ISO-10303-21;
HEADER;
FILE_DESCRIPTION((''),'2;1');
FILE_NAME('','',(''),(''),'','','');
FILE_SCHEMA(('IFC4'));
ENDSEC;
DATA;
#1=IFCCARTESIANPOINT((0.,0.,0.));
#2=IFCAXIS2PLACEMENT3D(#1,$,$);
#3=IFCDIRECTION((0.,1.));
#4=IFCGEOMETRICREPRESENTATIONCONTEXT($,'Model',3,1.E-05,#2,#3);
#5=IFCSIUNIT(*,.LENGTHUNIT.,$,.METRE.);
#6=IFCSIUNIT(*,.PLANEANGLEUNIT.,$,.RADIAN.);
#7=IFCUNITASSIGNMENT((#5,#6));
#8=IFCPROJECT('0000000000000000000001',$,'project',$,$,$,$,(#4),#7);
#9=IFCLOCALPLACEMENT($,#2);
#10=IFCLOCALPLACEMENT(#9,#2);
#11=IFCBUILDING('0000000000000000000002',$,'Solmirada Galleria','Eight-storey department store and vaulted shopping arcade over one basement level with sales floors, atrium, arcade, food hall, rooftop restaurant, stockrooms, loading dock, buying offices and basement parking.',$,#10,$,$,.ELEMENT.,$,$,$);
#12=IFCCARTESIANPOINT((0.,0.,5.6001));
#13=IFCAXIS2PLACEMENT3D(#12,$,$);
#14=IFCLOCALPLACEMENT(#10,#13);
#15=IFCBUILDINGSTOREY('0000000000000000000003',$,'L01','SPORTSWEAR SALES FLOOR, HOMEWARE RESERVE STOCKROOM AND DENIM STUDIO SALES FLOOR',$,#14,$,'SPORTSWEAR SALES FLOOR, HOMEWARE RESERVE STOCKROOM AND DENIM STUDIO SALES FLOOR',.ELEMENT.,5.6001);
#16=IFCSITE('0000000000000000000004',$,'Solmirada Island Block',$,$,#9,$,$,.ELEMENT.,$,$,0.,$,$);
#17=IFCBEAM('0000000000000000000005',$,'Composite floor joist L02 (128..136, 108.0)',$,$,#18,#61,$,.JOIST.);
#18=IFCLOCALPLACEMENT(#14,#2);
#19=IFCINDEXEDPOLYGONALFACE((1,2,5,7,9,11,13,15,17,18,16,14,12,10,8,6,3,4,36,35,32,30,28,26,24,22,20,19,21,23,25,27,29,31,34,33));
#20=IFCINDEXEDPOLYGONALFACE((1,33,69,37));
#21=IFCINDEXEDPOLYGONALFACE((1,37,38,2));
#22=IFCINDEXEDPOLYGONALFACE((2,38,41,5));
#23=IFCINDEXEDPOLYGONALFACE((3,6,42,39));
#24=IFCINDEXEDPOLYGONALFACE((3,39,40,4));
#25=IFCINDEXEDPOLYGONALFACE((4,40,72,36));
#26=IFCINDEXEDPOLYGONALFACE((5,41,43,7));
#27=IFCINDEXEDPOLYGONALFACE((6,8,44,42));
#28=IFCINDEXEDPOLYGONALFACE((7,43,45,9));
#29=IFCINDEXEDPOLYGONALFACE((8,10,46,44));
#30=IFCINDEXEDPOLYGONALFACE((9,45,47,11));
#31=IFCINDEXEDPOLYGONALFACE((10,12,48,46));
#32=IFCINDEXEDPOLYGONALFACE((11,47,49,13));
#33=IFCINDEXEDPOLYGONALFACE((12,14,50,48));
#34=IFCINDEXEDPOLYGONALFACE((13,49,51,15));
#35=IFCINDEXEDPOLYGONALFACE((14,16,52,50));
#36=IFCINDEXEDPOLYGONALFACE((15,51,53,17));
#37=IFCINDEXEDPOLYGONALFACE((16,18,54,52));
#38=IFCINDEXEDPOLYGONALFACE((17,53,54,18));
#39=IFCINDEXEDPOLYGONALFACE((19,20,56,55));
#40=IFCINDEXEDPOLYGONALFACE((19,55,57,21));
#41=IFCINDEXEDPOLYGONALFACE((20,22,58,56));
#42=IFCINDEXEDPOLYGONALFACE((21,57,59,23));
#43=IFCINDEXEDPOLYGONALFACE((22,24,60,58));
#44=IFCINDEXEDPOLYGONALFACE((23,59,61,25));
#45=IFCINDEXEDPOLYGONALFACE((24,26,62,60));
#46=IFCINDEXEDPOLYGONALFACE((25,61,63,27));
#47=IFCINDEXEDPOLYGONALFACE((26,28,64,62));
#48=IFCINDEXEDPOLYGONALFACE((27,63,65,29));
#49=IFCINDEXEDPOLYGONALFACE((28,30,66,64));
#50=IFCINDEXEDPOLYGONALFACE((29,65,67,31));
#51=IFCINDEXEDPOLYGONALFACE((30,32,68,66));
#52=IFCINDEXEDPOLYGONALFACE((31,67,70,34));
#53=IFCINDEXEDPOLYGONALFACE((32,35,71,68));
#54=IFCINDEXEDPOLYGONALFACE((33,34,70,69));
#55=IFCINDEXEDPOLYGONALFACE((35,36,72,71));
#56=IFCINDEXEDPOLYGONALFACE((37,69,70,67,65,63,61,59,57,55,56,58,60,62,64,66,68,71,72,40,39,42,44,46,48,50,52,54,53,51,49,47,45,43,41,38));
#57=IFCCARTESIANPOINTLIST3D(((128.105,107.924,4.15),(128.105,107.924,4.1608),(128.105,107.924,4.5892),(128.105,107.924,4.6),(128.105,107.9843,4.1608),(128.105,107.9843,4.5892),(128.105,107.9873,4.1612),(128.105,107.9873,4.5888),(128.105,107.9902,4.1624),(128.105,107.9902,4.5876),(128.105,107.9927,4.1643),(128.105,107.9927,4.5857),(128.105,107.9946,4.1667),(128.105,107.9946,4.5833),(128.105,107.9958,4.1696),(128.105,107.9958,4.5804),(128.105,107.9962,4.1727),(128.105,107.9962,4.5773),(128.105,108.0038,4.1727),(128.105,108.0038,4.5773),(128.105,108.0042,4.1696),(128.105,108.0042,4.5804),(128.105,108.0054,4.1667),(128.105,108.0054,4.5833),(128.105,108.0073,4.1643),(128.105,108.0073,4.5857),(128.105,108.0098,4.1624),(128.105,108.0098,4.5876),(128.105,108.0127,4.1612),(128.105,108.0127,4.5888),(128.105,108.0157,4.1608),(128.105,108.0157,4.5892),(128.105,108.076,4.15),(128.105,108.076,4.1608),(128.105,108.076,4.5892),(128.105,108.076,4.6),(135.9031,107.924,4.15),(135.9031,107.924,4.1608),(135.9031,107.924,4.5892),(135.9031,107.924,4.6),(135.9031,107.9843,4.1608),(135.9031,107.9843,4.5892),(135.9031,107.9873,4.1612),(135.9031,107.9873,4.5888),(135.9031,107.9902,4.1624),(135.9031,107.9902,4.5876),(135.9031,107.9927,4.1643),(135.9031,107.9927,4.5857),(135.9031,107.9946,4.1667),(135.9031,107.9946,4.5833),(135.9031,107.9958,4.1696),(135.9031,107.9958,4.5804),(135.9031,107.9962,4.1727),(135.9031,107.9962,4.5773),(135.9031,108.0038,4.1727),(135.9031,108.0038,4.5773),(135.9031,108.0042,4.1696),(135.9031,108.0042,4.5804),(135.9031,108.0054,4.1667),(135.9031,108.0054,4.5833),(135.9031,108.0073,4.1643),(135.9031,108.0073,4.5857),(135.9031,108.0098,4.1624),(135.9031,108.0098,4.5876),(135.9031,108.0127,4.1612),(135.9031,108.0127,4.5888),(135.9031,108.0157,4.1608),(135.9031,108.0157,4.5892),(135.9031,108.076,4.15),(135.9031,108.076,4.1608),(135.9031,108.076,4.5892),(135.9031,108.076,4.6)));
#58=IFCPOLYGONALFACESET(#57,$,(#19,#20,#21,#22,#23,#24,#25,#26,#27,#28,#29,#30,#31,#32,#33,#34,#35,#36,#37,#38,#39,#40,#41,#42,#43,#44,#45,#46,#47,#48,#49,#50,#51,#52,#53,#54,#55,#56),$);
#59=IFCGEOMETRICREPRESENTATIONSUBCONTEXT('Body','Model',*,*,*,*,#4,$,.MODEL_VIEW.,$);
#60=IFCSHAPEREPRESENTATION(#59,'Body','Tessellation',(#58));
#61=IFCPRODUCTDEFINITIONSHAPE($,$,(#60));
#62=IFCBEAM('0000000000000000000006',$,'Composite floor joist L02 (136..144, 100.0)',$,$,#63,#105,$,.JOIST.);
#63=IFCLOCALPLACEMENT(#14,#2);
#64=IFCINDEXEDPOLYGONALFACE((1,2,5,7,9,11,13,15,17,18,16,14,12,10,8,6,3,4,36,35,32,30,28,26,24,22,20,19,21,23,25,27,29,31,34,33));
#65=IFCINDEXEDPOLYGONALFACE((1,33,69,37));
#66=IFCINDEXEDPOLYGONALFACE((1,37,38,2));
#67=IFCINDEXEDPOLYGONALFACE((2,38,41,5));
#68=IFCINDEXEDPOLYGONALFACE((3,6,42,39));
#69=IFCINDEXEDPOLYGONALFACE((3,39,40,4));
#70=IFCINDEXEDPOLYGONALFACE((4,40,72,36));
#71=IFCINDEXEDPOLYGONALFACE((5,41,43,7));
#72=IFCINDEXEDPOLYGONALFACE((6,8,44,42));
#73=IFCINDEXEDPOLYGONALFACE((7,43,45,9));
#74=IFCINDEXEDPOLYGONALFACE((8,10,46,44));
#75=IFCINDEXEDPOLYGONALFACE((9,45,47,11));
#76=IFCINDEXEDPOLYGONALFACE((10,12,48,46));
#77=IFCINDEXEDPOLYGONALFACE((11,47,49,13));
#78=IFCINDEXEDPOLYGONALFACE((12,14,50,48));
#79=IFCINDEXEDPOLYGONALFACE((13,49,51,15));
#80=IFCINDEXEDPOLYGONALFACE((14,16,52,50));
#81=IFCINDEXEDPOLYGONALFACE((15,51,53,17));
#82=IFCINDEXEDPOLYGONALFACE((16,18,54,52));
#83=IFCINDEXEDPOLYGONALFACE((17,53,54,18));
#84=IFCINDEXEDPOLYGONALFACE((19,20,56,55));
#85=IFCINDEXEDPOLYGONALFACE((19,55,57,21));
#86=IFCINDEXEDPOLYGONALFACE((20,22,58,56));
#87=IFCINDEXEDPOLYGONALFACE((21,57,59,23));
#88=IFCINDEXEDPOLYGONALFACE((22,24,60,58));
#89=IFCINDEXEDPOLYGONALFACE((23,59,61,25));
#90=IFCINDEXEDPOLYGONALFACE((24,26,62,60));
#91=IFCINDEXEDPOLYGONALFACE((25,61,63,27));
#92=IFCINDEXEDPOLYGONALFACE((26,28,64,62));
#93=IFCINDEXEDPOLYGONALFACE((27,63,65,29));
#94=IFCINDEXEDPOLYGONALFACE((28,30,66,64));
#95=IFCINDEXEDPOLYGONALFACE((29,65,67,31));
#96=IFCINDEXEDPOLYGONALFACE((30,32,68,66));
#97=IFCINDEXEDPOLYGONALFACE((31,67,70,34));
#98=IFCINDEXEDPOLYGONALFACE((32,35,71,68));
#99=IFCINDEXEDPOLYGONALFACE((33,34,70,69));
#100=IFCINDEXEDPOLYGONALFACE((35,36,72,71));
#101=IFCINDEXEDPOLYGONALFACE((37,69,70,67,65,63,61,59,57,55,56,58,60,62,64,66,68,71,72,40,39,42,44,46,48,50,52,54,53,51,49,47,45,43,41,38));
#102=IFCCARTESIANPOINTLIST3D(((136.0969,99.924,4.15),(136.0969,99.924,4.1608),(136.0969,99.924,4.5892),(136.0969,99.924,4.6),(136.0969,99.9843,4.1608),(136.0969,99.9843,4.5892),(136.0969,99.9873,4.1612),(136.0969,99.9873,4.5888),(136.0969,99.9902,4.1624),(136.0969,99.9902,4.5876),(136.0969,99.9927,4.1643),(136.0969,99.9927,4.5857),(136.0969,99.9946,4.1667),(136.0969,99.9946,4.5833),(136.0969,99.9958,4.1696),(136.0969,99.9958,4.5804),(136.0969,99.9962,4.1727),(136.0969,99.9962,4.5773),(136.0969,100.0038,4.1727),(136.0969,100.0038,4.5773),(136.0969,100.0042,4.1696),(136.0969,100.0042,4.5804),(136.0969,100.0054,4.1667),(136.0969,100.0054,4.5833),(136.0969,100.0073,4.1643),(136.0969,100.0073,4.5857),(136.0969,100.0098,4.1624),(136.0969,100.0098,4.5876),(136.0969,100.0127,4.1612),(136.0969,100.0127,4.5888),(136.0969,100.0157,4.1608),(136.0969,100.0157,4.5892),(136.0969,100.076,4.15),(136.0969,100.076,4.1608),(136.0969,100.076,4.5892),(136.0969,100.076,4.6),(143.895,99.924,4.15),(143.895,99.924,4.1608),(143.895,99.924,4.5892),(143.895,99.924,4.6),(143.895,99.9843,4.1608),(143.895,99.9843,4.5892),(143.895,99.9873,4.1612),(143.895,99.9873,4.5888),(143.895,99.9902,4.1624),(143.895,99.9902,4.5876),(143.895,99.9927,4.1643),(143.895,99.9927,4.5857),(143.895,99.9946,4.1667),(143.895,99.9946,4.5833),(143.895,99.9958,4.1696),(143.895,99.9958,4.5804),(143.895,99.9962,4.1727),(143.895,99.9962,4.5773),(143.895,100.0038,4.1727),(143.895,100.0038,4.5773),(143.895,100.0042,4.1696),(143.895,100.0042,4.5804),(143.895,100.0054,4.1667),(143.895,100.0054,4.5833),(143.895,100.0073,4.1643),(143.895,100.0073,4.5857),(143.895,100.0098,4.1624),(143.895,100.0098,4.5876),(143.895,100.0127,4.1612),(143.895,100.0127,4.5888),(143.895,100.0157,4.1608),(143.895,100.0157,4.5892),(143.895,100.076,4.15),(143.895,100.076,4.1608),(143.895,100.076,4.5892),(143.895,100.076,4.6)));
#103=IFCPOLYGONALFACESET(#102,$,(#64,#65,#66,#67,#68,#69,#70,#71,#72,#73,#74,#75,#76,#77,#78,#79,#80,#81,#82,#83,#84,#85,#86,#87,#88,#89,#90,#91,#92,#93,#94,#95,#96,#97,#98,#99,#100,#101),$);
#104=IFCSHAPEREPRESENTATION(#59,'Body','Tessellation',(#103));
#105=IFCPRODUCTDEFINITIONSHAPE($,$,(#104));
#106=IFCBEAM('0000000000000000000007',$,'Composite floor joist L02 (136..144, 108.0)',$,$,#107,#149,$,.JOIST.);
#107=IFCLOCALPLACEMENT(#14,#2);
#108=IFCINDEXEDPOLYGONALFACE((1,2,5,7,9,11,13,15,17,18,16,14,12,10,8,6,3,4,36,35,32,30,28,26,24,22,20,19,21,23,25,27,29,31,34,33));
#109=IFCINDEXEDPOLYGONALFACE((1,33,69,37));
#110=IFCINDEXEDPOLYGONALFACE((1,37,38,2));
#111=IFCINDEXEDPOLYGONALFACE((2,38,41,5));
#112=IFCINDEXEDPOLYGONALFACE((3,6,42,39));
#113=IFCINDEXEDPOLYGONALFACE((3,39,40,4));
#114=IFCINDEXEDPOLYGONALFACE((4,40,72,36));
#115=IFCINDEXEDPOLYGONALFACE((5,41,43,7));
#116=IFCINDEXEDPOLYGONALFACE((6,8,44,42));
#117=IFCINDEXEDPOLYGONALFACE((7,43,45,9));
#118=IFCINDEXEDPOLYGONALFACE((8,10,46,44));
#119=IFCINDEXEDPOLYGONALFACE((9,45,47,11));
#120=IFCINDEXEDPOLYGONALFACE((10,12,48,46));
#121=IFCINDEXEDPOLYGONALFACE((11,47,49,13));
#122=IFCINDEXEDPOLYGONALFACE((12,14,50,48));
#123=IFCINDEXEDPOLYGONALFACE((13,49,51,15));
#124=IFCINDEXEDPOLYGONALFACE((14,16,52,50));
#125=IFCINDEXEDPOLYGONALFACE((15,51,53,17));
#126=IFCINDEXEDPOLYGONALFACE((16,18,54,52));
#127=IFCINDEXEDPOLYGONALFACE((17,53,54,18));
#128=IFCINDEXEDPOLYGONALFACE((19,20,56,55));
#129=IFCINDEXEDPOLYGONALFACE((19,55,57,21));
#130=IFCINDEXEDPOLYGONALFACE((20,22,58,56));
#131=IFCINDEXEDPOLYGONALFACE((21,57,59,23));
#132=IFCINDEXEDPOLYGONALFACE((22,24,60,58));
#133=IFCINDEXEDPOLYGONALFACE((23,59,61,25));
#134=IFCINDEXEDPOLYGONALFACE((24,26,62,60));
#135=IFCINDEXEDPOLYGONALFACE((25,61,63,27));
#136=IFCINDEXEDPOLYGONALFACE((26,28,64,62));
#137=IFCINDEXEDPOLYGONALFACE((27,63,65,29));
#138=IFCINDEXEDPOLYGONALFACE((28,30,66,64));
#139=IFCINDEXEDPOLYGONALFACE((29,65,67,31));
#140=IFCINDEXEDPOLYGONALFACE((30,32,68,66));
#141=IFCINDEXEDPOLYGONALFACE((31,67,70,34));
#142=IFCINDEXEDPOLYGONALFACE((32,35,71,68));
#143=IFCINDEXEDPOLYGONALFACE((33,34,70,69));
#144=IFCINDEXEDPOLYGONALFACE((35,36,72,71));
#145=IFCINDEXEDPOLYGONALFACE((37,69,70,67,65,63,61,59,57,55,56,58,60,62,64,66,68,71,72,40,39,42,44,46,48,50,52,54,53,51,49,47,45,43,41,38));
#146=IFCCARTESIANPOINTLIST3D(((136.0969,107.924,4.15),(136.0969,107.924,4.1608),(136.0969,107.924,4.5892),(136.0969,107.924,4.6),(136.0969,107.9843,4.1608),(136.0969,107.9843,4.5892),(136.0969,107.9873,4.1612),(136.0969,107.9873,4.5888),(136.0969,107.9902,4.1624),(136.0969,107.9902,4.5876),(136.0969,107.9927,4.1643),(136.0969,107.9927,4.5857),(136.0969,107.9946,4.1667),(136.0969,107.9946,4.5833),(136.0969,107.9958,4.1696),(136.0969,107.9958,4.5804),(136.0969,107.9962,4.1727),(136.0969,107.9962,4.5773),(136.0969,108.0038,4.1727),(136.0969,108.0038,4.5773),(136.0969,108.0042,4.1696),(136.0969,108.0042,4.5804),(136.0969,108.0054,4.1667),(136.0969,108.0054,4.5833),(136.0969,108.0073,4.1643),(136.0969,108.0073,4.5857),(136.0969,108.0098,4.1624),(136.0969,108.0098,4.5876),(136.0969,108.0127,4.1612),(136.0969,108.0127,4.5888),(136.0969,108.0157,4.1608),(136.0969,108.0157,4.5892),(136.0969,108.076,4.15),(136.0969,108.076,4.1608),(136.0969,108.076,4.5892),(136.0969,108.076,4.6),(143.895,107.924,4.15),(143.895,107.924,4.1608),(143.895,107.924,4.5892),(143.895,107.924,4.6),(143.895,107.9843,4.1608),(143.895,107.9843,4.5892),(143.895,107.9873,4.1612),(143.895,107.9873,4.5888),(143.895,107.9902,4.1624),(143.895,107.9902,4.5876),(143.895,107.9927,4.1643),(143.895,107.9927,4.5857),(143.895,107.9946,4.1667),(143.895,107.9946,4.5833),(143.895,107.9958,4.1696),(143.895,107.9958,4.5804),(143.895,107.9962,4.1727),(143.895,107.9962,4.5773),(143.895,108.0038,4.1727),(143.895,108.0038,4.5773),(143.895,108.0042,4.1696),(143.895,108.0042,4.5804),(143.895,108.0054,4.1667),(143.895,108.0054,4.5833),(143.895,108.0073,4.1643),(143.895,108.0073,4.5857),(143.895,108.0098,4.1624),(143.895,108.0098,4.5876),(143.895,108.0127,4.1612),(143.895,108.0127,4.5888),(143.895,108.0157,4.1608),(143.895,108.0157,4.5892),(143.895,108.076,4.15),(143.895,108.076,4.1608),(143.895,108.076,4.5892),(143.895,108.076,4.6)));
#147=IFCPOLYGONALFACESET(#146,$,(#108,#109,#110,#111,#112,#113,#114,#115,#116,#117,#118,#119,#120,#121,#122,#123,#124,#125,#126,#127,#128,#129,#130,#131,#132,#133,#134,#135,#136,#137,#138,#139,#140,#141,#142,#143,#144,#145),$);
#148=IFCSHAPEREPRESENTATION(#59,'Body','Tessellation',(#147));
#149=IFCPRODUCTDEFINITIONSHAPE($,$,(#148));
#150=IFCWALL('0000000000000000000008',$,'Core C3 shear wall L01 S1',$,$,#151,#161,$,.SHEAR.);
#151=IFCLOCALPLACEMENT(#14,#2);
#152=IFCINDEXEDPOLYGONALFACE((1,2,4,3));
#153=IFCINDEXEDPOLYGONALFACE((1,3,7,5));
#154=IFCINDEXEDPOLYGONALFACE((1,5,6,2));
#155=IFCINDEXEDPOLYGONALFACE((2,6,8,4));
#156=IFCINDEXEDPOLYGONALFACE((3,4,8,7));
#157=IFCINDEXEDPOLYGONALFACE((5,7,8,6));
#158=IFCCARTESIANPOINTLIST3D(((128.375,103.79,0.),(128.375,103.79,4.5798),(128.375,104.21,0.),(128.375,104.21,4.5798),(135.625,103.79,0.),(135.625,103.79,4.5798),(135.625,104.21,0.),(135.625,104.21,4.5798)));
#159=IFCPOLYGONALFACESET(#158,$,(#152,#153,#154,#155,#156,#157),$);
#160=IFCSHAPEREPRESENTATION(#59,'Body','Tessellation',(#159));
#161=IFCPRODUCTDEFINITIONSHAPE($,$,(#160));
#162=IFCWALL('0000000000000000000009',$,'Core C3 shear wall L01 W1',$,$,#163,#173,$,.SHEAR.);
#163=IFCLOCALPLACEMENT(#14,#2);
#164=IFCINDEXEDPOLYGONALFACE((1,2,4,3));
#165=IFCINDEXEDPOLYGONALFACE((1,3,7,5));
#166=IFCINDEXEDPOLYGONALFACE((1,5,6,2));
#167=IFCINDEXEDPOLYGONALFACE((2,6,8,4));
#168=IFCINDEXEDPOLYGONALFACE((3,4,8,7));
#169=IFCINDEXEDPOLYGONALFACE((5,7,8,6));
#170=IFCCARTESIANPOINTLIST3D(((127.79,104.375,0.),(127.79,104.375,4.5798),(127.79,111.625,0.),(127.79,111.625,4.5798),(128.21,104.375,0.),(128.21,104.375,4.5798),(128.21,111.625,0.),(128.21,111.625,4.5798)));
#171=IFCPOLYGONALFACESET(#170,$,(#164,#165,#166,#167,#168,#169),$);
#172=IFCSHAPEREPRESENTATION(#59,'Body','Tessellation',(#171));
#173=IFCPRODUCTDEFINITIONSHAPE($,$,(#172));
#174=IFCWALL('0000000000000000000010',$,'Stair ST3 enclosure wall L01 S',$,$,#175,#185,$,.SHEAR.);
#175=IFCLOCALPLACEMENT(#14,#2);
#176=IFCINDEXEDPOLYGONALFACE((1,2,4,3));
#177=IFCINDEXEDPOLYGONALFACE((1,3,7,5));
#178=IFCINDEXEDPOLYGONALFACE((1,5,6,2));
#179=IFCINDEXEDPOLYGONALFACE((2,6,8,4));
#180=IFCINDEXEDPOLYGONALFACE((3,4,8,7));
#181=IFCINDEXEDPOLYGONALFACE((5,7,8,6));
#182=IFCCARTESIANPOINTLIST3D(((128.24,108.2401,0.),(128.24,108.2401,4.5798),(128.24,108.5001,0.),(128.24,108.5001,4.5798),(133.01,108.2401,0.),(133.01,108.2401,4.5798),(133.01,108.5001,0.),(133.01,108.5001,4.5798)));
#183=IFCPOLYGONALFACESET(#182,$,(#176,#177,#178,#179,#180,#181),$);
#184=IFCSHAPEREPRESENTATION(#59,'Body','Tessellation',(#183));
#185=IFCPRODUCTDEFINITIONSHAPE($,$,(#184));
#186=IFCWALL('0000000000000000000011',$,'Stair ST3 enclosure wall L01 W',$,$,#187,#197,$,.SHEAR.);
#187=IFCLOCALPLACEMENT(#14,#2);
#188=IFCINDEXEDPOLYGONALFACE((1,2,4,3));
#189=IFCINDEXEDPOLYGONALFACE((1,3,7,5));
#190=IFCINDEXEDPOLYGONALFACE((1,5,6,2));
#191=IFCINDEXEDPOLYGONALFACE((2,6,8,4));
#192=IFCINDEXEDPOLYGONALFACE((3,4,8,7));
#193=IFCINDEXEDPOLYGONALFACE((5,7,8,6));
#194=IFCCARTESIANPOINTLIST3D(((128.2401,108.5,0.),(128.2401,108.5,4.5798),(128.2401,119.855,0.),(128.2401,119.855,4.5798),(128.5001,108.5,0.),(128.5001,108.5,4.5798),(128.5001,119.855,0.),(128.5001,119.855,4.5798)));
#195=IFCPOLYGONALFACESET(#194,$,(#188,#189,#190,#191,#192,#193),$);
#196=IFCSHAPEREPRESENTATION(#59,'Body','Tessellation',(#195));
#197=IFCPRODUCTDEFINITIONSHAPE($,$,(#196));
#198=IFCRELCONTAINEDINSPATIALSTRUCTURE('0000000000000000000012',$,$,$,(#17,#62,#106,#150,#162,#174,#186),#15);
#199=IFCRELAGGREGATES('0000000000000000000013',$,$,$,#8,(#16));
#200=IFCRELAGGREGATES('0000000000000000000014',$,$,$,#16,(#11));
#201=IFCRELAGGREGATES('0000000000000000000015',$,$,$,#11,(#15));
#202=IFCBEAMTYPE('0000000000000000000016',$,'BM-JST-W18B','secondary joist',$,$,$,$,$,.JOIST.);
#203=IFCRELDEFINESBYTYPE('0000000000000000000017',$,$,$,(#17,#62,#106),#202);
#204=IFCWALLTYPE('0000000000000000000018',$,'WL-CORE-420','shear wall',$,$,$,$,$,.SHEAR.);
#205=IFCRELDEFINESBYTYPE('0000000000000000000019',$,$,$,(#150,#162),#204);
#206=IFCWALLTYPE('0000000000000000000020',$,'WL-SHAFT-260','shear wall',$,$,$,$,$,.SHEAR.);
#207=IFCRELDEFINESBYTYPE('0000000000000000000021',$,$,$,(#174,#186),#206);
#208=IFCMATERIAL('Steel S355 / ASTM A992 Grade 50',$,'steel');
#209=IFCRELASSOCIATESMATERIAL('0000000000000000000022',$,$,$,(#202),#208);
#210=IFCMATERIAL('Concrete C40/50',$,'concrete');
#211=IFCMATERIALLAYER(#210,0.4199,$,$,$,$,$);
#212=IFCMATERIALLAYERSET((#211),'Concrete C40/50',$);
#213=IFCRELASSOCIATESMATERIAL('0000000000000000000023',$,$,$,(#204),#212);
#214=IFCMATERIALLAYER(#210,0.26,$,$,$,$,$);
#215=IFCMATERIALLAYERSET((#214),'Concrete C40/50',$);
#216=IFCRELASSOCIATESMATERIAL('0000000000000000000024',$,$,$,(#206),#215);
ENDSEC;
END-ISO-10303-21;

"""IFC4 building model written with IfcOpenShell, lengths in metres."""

from ifc_helpers import new_model, si_unit, direction, frame, frame_2d, origin, origin_2d, place, context, subcontext, project, spatial, rectangle, i_section, extrude, material, layer, layer_set, material_profile, profile_set, type_object, element, save


model = new_model("IFC4")

# Units and contexts
model_context = context("Model", 3, precision=1e-05, world=origin(), true_north=direction((0.0, 1.0)))
body_context = subcontext(model_context, "Body", "Model", "MODEL_VIEW")
ifc_project = project(units=[si_unit("LENGTHUNIT", "METRE"), si_unit("PLANEANGLEUNIT", "RADIAN")], contexts=[model_context])

# Site, building, storey
site_placement = place(None, origin())
site = spatial("IfcSite", under=ifc_project, at=site_placement, Name="Solmirada Island Block", CompositionType="ELEMENT", RefElevation=0.0)
building_placement = place(site_placement, origin())
building = spatial("IfcBuilding", under=site, at=building_placement, Name="Solmirada Galleria", Description="Eight-storey department store and vaulted shopping arcade over one basement level with sales floors, atrium, arcade, food hall, rooftop restaurant, stockrooms, loading dock, buying offices and basement parking.", CompositionType="ELEMENT")
storey_placement = place(building_placement, frame((0.0, 0.0, 5.6001)))
storey = spatial("IfcBuildingStorey", under=building, at=storey_placement, Name="L01", Description="SPORTSWEAR SALES FLOOR, HOMEWARE RESERVE STOCKROOM AND DENIM STUDIO SALES FLOOR", LongName="SPORTSWEAR SALES FLOOR, HOMEWARE RESERVE STOCKROOM AND DENIM STUDIO SALES FLOOR", CompositionType="ELEMENT", Elevation=5.6001)

# Shared definitions
ifc_material_1 = material(Name="Concrete C40/50", Category="concrete")

# Beams
ifc_material_2 = material(Name="Steel S355 / ASTM A992 Grade 50", Category="steel")
ifc_material_profile_1 = material_profile(ifc_material_2, i_section(OverallWidth=0.1521, OverallDepth=0.45, WebThickness=0.0076, FlangeThickness=0.0107, FilletRadius=0.012, at=origin_2d()), Name="W18X35")
ifc_profile_set_1 = profile_set([ifc_material_profile_1], Name="Steel S355 / ASTM A992 Grade 50")
beam_type_1 = type_object("IfcBeamType", Name="BM-JST-W18B", Description="secondary joist", PredefinedType="JOIST", material=ifc_profile_set_1)
for number, where, z_axis, x_axis, name in (
    (1, (128.105, 108.0, 4.375), (1.0, 0.0, 0.0), (0.0, 1.0, 0.0), "Composite floor joist L02 (128..136, 108.0)"),
    (2, (136.0969, 100.0, 4.375), (1.0, 0.0, 0.0), (0.0, 1.0, 0.0), "Composite floor joist L02 (136..144, 100.0)"),
    (3, (136.0969, 108.0, 4.375), (1.0, 0.0, 0.0), (0.0, 1.0, 0.0), "Composite floor joist L02 (136..144, 108.0)"),
):
    element("IfcBeam", number, at=place(storey_placement, frame(where, z_axis=z_axis, x_axis=x_axis)), inside=storey, type_object=beam_type_1, Name=name, PredefinedType="JOIST", context=body_context, shape_type="SweptSolid", body=[
        extrude(i_section(OverallWidth=0.1521, OverallDepth=0.45, WebThickness=0.0076, FlangeThickness=0.0107, FilletRadius=0.012, at=origin_2d()), origin(), (0.0, 0.0, 1.0), 7.7981),
    ])

# Wall
ifc_layer_1 = layer(ifc_material_1, 0.4199)
ifc_layer_set_1 = layer_set([ifc_layer_1], Name="Concrete C40/50")
wall_type_1 = type_object("IfcWallType", Name="WL-CORE-420", Description="shear wall", PredefinedType="SHEAR", material=ifc_layer_set_1)
wall_1_placement = place(storey_placement, frame((128.375, 104.0, 0.0), z_axis=(0.0, 0.0, 1.0), x_axis=(1.0, 0.0, 0.0)))
element("IfcWall", 4, at=wall_1_placement, inside=storey, type_object=wall_type_1, Name="Core C3 shear wall L01 S1", PredefinedType="SHEAR", context=body_context, shape_type="SweptSolid", body=[
    extrude(rectangle(XDim=7.25, YDim=0.4199, at=frame_2d((3.625, 0.0))), origin(), (0.0, 0.0, 1.0), 4.5798),
])

# Walls
wall_2_placement = place(storey_placement, frame((128.0, 104.375, 0.0), z_axis=(0.0, 0.0, 1.0), x_axis=(0.0, 1.0, 0.0)))
element("IfcWall", 5, at=wall_2_placement, inside=storey, type_object=wall_type_1, Name="Core C3 shear wall L01 W1", PredefinedType="SHEAR", context=body_context, shape_type="SweptSolid", body=[
    extrude(rectangle(XDim=7.25, YDim=0.4199, at=frame_2d((3.625, 0.0))), origin(), (0.0, 0.0, 1.0), 4.5798),
])
ifc_layer_2 = layer(ifc_material_1, 0.26)
ifc_layer_set_2 = layer_set([ifc_layer_2], Name="Concrete C40/50")
wall_type_2 = type_object("IfcWallType", Name="WL-SHAFT-260", Description="shear wall", PredefinedType="SHEAR", material=ifc_layer_set_2)
wall_3_placement = place(storey_placement, frame((128.24, 108.3701, 0.0), z_axis=(0.0, 0.0, 1.0), x_axis=(1.0, 0.0, 0.0)))
element("IfcWall", 6, at=wall_3_placement, inside=storey, type_object=wall_type_2, Name="Stair ST3 enclosure wall L01 S", PredefinedType="SHEAR", context=body_context, shape_type="SweptSolid", body=[
    extrude(rectangle(XDim=4.77, YDim=0.26, at=frame_2d((2.385, 0.0))), origin(), (0.0, 0.0, 1.0), 4.5798),
])
wall_4_placement = place(storey_placement, frame((128.3701, 108.5, 0.0), z_axis=(0.0, 0.0, 1.0), x_axis=(0.0, 1.0, 0.0)))
element("IfcWall", 7, at=wall_4_placement, inside=storey, type_object=wall_type_2, Name="Stair ST3 enclosure wall L01 W", PredefinedType="SHEAR", context=body_context, shape_type="SweptSolid", body=[
    extrude(rectangle(XDim=11.355, YDim=0.26, at=frame_2d((5.6775, 0.0))), origin(), (0.0, 0.0, 1.0), 4.5798),
])

save(model, "model.ifc")
